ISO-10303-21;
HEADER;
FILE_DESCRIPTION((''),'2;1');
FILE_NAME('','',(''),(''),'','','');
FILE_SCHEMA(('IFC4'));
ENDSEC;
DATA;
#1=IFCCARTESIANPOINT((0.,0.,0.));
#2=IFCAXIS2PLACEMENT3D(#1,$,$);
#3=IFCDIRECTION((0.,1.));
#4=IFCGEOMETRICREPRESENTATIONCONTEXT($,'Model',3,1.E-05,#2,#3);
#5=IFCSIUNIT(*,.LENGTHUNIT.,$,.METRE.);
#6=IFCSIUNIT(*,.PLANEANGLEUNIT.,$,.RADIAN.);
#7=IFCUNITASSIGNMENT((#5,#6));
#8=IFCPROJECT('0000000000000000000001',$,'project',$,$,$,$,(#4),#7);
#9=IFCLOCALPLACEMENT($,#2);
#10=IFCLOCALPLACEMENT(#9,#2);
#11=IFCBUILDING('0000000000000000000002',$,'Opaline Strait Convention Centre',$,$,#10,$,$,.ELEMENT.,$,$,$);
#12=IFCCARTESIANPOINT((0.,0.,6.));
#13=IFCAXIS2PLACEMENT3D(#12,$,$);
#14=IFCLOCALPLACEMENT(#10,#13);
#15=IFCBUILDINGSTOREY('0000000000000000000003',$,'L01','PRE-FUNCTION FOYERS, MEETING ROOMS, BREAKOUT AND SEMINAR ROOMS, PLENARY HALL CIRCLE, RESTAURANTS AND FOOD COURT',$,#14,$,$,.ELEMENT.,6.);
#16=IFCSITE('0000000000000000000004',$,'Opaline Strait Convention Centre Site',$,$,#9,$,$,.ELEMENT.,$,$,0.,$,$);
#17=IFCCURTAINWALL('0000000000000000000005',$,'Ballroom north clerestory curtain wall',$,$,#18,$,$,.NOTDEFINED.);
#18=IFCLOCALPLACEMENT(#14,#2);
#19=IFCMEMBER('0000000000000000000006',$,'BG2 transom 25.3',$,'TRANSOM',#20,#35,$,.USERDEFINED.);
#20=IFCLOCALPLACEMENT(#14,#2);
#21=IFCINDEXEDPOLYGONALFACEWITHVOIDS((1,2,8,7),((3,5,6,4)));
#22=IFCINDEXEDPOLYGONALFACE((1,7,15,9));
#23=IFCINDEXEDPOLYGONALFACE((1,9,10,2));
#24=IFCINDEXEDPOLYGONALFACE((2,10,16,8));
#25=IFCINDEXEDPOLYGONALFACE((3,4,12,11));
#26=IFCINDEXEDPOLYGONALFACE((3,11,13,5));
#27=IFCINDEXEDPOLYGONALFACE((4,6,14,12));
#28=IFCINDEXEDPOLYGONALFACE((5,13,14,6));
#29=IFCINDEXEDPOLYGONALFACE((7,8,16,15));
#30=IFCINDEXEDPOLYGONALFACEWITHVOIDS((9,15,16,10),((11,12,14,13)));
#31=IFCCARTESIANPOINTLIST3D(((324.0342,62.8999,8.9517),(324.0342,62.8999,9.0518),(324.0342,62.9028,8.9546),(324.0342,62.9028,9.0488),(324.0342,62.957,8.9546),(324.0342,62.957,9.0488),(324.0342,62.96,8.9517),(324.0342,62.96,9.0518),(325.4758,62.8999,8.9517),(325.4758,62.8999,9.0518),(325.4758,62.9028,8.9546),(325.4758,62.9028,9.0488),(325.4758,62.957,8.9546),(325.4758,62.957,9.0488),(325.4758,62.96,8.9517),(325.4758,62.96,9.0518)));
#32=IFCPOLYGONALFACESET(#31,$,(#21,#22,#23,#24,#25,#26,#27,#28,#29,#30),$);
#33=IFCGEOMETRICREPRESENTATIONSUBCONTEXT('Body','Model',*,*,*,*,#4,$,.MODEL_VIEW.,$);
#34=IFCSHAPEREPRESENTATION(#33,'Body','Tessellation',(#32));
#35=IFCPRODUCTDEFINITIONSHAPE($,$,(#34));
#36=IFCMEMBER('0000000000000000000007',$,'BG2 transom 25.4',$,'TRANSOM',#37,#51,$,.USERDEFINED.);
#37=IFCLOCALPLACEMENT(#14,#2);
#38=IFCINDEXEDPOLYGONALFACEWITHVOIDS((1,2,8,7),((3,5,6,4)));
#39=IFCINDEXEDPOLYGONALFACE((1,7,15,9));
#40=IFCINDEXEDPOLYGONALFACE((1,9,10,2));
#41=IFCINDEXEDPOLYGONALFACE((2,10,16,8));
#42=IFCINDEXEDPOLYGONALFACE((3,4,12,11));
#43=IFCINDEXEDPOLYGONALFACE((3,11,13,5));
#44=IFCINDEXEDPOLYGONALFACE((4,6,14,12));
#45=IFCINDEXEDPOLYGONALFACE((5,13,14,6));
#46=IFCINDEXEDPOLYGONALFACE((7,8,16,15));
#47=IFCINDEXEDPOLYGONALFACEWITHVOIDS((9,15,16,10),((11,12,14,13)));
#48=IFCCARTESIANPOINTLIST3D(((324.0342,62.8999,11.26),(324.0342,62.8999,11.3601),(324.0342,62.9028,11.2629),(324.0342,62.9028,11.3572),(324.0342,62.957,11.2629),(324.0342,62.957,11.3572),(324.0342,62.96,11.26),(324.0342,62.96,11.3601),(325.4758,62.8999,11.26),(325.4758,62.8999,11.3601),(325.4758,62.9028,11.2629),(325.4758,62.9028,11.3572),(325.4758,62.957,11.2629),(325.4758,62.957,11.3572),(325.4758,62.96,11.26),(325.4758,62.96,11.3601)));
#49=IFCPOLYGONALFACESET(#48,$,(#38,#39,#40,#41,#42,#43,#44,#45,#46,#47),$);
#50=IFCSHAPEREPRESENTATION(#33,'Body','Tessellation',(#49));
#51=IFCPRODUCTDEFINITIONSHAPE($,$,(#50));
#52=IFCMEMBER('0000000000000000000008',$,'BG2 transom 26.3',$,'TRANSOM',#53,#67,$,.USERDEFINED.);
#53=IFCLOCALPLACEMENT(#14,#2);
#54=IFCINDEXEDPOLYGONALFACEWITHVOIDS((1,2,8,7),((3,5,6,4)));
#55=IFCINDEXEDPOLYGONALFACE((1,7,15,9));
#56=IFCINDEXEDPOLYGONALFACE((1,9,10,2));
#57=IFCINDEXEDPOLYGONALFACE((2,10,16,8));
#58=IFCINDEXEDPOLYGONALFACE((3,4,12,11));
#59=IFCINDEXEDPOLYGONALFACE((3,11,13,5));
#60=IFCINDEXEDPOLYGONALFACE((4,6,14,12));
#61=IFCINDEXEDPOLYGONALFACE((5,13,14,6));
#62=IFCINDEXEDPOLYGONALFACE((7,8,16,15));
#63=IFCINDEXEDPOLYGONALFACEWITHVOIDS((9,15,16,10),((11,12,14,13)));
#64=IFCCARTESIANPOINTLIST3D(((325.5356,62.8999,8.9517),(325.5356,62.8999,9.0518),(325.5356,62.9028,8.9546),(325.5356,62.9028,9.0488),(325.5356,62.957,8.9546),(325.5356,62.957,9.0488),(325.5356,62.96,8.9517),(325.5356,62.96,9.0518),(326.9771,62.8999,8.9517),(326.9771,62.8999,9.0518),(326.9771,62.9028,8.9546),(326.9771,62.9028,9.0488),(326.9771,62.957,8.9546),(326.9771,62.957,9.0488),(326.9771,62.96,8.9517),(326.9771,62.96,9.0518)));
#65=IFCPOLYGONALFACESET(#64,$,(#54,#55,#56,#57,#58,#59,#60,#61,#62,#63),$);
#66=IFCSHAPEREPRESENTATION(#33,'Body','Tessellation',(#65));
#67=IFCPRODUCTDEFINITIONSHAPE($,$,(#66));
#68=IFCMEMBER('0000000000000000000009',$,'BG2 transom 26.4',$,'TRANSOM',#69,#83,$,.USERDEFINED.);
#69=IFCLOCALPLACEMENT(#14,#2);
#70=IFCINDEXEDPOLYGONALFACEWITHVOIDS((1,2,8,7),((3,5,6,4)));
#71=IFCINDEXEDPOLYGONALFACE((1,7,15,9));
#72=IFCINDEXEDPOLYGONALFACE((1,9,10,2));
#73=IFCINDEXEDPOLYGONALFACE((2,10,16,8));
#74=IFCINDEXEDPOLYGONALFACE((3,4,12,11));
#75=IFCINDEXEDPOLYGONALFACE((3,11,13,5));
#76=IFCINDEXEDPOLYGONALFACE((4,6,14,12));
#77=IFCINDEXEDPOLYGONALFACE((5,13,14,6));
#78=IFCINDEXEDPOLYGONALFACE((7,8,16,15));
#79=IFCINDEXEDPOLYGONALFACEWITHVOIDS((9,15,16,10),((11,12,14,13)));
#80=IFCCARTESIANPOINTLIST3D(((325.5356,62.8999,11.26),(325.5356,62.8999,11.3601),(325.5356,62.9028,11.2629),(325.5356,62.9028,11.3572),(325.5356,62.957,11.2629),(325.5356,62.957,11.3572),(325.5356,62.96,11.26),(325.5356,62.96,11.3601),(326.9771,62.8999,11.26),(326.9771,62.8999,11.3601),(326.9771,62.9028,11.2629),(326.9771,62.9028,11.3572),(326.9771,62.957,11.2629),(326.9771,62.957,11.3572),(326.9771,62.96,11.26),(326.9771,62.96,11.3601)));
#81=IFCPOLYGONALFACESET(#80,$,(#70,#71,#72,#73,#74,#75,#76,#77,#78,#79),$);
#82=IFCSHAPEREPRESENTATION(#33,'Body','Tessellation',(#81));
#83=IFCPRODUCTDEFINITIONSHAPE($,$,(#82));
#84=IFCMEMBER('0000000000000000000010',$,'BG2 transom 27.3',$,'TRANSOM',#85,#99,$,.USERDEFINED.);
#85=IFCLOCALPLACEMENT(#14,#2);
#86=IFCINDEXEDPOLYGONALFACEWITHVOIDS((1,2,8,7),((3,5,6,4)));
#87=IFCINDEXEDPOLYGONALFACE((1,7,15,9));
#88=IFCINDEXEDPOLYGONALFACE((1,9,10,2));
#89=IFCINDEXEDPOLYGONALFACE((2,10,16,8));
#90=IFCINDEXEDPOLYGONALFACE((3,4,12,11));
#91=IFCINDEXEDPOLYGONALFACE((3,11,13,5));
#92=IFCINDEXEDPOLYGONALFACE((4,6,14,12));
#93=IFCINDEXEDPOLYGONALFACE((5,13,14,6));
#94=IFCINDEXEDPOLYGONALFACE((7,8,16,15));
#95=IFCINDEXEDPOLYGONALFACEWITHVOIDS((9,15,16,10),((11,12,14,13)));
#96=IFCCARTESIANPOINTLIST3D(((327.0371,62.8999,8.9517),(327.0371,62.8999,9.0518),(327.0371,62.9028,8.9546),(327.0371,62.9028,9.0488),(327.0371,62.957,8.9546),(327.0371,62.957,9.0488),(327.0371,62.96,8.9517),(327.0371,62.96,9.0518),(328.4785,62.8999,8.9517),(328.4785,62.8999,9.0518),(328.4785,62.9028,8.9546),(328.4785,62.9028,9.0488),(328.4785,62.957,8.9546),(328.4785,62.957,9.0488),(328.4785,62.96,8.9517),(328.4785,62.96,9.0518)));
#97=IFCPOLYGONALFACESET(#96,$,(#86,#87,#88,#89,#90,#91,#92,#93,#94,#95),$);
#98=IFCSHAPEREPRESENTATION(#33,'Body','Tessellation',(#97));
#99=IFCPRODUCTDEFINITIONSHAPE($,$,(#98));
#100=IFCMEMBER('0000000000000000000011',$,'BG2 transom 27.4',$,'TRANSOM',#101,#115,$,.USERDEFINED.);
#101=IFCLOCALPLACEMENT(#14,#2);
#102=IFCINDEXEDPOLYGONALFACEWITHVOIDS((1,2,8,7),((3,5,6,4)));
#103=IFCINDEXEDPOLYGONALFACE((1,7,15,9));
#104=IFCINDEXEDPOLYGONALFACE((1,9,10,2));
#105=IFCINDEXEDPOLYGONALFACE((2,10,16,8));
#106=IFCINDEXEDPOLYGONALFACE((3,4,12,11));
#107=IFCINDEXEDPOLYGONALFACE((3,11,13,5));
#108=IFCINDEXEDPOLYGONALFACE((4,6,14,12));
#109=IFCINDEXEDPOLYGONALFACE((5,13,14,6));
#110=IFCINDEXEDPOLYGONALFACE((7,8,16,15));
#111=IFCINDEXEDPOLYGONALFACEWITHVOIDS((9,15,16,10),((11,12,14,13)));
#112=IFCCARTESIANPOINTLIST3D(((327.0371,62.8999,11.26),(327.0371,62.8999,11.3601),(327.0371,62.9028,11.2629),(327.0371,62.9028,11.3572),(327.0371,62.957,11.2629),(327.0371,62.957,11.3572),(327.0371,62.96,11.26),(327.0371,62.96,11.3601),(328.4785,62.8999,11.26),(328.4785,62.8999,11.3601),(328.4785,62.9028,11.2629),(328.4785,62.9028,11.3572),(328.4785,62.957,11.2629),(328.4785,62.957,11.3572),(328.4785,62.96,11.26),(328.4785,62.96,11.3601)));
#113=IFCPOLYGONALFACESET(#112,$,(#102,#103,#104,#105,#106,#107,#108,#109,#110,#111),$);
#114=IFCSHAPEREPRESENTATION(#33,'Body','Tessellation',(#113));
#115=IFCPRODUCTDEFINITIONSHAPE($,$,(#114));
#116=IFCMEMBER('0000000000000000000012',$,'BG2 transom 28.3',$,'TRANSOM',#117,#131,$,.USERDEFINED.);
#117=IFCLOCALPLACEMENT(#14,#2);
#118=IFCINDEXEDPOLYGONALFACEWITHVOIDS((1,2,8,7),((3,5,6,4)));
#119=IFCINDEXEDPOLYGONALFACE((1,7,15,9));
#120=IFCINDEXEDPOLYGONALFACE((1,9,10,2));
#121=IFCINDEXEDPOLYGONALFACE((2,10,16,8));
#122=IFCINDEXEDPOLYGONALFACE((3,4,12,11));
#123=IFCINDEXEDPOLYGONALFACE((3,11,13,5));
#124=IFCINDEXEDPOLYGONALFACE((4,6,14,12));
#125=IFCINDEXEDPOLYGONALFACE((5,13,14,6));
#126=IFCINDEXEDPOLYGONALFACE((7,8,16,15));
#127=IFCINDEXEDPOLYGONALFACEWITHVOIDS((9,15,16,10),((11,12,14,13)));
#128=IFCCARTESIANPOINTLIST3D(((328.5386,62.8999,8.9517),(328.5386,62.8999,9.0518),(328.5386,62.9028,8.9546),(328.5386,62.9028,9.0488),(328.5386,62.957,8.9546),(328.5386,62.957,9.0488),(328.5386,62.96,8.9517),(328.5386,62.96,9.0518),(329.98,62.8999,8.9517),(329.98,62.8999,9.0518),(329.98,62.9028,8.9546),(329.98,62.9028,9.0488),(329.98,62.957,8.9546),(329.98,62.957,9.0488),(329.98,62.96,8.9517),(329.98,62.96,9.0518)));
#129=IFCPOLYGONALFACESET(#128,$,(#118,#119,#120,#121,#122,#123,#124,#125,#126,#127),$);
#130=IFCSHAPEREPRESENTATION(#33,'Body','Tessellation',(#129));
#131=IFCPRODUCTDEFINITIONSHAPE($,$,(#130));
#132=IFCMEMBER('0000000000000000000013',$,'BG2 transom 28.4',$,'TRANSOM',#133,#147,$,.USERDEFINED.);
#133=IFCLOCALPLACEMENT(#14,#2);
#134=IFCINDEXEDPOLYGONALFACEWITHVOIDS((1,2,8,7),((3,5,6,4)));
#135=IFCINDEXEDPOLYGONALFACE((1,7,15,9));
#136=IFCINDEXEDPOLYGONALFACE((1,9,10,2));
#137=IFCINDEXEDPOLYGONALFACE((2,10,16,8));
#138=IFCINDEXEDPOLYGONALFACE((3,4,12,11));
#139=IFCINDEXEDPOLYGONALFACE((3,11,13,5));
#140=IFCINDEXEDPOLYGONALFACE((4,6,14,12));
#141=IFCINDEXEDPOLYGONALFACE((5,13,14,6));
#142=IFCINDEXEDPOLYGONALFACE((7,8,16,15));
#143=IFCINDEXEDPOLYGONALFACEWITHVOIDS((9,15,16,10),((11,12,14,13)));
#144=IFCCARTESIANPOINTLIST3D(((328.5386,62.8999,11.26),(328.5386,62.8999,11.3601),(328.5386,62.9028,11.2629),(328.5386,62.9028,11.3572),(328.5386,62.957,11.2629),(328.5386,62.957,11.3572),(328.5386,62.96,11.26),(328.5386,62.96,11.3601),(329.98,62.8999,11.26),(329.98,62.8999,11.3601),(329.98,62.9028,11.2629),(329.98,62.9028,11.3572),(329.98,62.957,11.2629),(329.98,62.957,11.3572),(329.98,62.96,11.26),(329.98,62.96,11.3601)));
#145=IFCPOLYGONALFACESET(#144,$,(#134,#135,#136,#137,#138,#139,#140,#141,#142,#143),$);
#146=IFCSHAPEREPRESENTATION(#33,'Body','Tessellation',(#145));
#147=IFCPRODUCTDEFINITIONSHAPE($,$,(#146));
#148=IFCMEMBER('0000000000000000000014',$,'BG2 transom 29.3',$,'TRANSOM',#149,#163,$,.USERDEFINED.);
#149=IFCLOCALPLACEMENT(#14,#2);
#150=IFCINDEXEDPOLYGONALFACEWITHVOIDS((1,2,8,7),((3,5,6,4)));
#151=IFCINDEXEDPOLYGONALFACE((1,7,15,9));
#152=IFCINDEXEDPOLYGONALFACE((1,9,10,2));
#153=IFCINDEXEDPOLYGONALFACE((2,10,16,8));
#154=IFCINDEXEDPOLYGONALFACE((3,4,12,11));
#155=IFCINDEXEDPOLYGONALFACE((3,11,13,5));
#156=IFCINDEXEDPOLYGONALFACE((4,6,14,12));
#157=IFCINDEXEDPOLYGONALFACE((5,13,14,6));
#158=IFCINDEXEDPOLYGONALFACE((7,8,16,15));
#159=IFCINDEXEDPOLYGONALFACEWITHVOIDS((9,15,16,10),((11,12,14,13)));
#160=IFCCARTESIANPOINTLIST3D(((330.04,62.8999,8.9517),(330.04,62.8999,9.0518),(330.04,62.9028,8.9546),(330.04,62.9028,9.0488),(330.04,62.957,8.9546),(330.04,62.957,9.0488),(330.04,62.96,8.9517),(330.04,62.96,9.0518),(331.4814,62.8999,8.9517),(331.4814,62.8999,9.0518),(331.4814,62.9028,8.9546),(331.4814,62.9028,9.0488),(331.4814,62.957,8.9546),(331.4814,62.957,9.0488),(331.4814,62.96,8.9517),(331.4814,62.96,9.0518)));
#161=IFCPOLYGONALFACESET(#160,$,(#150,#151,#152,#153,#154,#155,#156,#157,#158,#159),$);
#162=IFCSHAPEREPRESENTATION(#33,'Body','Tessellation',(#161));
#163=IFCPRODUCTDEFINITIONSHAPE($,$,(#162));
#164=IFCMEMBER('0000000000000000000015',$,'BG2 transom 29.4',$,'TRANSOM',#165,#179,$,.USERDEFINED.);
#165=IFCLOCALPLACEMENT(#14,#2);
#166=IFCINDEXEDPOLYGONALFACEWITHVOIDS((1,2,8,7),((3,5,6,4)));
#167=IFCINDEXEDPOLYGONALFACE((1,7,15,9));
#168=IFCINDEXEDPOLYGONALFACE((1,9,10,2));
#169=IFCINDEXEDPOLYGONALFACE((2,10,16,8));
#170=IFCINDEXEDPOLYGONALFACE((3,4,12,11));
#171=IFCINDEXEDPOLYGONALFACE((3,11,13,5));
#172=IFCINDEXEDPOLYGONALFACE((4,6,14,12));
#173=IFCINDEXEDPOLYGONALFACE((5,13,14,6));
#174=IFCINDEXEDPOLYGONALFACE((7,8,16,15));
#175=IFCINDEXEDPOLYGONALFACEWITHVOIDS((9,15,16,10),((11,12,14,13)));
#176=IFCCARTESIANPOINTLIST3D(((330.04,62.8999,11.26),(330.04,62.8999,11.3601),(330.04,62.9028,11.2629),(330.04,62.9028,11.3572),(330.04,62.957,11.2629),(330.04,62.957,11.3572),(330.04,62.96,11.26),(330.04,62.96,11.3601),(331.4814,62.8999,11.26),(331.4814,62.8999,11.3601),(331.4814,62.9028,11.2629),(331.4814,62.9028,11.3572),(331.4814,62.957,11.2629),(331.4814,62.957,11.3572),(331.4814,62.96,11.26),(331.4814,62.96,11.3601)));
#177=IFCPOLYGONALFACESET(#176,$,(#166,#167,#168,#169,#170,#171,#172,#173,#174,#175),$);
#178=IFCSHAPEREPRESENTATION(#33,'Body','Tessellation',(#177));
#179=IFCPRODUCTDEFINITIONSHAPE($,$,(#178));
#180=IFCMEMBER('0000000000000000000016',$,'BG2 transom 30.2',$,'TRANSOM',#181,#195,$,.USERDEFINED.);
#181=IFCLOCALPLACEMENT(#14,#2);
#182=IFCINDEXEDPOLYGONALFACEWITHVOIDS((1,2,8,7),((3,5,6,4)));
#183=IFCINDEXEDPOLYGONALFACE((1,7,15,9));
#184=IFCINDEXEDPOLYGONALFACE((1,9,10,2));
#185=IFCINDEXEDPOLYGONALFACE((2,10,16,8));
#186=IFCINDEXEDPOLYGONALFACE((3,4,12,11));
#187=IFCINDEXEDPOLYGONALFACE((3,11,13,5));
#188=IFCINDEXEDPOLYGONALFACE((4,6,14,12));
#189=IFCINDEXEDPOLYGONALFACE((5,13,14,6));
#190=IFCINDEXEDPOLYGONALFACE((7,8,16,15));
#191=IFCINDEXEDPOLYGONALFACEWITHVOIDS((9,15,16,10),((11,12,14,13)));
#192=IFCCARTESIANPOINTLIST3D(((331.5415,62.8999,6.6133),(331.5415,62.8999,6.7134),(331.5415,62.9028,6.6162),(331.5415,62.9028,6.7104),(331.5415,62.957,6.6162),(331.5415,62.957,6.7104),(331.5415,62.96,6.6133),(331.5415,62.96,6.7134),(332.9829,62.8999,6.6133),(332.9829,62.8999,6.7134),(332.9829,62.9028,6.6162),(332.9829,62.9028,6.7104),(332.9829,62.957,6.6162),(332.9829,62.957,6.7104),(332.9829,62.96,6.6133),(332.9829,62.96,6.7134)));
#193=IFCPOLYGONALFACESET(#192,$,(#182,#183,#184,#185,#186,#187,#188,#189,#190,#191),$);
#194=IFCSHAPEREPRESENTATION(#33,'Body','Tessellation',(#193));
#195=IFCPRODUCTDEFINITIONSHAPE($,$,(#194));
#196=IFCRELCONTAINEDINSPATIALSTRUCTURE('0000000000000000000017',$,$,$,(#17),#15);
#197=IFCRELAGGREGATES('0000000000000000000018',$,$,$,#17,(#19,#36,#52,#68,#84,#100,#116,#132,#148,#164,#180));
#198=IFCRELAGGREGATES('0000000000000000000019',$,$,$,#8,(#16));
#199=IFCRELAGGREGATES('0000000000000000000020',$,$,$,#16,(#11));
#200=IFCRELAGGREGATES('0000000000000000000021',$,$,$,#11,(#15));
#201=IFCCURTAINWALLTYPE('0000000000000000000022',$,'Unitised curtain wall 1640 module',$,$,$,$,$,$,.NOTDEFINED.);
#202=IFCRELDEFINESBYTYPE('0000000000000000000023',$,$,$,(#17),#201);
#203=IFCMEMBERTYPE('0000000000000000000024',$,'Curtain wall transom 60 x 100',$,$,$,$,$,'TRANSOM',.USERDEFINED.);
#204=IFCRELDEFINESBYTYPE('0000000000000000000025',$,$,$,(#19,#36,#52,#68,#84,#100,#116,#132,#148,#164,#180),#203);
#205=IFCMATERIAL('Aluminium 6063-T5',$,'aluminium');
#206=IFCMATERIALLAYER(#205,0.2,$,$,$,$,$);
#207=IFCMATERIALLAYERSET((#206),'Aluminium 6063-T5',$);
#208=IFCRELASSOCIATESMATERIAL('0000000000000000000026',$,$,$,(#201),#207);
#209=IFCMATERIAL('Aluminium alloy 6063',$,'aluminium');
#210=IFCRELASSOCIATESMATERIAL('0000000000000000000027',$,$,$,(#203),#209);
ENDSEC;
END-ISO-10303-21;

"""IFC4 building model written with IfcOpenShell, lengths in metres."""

from ifc_helpers import new_model, si_unit, direction, frame, origin, origin_2d, place, context, subcontext, project, spatial, hollow_rectangle, extrude, material, layer, layer_set, material_profile, profile_set, type_object, element, aggregate, save


model = new_model("IFC4")

# Units and contexts
model_context = context("Model", 3, precision=1e-05, world=origin(), true_north=direction((0.0, 1.0)))
body_context = subcontext(model_context, "Body", "Model", "MODEL_VIEW")
ifc_project = project(units=[si_unit("LENGTHUNIT", "METRE"), si_unit("PLANEANGLEUNIT", "RADIAN")], contexts=[model_context])

# Site, building, storey
site_placement = place(None, origin())
site = spatial("IfcSite", under=ifc_project, at=site_placement, Name="Opaline Strait Convention Centre Site", CompositionType="ELEMENT", RefElevation=0.0)
building_placement = place(site_placement, origin())
building = spatial("IfcBuilding", under=site, at=building_placement, Name="Opaline Strait Convention Centre", CompositionType="ELEMENT")
storey_placement = place(building_placement, frame((0.0, 0.0, 6.0)))
storey = spatial("IfcBuildingStorey", under=building, at=storey_placement, Name="L01", Description="PRE-FUNCTION FOYERS, MEETING ROOMS, BREAKOUT AND SEMINAR ROOMS, PLENARY HALL CIRCLE, RESTAURANTS AND FOOD COURT", CompositionType="ELEMENT", Elevation=6.0)

# Curtain wall, members
ifc_material_1 = material(Name="Aluminium 6063-T5", Category="aluminium")
ifc_layer_1 = layer(ifc_material_1, 0.2)
ifc_layer_set_1 = layer_set([ifc_layer_1], Name="Aluminium 6063-T5")
curtain_wall_type = type_object("IfcCurtainWallType", Name="Unitised curtain wall 1640 module", PredefinedType="NOTDEFINED", material=ifc_layer_set_1)
curtain_wall_placement = place(storey_placement, origin())
curtain_wall = element("IfcCurtainWall", 1, at=curtain_wall_placement, inside=storey, type_object=curtain_wall_type, Name="Ballroom north clerestory curtain wall", PredefinedType="NOTDEFINED")
ifc_material_2 = material(Name="Aluminium alloy 6063", Category="aluminium")
ifc_material_profile = material_profile(ifc_material_2, hollow_rectangle(XDim=0.0601, YDim=0.1001, WallThickness=0.0029, at=origin_2d()), Name="TRANSOM 60x100x3")
ifc_profile_set = profile_set([ifc_material_profile], Name="Aluminium alloy 6063")
member_type = type_object("IfcMemberType", Name="Curtain wall transom 60 x 100", ElementType="TRANSOM", PredefinedType="USERDEFINED", material=ifc_profile_set)
member_1_placement = place(storey_placement, frame((324.0342, 62.9299, 9.0017), z_axis=(1.0, 0.0, 0.0), x_axis=(0.0, 1.0, 0.0)))
member_1 = element("IfcMember", 2, at=member_1_placement, type_object=member_type, Name="BG2 transom 25.3", ObjectType="TRANSOM", PredefinedType="USERDEFINED", context=body_context, shape_type="SweptSolid", body=[
    extrude(hollow_rectangle(XDim=0.0601, YDim=0.1001, WallThickness=0.0029, at=origin_2d()), origin(), (0.0, 0.0, 1.0), 1.4417),
])
member_2_placement = place(storey_placement, frame((324.0342, 62.9299, 11.3101), z_axis=(1.0, 0.0, 0.0), x_axis=(0.0, 1.0, 0.0)))
member_2 = element("IfcMember", 3, at=member_2_placement, type_object=member_type, Name="BG2 transom 25.4", ObjectType="TRANSOM", PredefinedType="USERDEFINED", context=body_context, shape_type="SweptSolid", body=[
    extrude(hollow_rectangle(XDim=0.0601, YDim=0.1001, WallThickness=0.0029, at=origin_2d()), origin(), (0.0, 0.0, 1.0), 1.4417),
])
member_3_placement = place(storey_placement, frame((325.5356, 62.9299, 9.0017), z_axis=(1.0, 0.0, 0.0), x_axis=(0.0, 1.0, 0.0)))
member_3 = element("IfcMember", 4, at=member_3_placement, type_object=member_type, Name="BG2 transom 26.3", ObjectType="TRANSOM", PredefinedType="USERDEFINED", context=body_context, shape_type="SweptSolid", body=[
    extrude(hollow_rectangle(XDim=0.0601, YDim=0.1001, WallThickness=0.0029, at=origin_2d()), origin(), (0.0, 0.0, 1.0), 1.4414),
])
member_4_placement = place(storey_placement, frame((325.5356, 62.9299, 11.3101), z_axis=(1.0, 0.0, 0.0), x_axis=(0.0, 1.0, 0.0)))
member_4 = element("IfcMember", 5, at=member_4_placement, type_object=member_type, Name="BG2 transom 26.4", ObjectType="TRANSOM", PredefinedType="USERDEFINED", context=body_context, shape_type="SweptSolid", body=[
    extrude(hollow_rectangle(XDim=0.0601, YDim=0.1001, WallThickness=0.0029, at=origin_2d()), origin(), (0.0, 0.0, 1.0), 1.4414),
])
member_5_placement = place(storey_placement, frame((327.0371, 62.9299, 9.0017), z_axis=(1.0, 0.0, 0.0), x_axis=(0.0, 1.0, 0.0)))
member_5 = element("IfcMember", 6, at=member_5_placement, type_object=member_type, Name="BG2 transom 27.3", ObjectType="TRANSOM", PredefinedType="USERDEFINED", context=body_context, shape_type="SweptSolid", body=[
    extrude(hollow_rectangle(XDim=0.0601, YDim=0.1001, WallThickness=0.0029, at=origin_2d()), origin(), (0.0, 0.0, 1.0), 1.4414),
])
member_6_placement = place(storey_placement, frame((327.0371, 62.9299, 11.3101), z_axis=(1.0, 0.0, 0.0), x_axis=(0.0, 1.0, 0.0)))
member_6 = element("IfcMember", 7, at=member_6_placement, type_object=member_type, Name="BG2 transom 27.4", ObjectType="TRANSOM", PredefinedType="USERDEFINED", context=body_context, shape_type="SweptSolid", body=[
    extrude(hollow_rectangle(XDim=0.0601, YDim=0.1001, WallThickness=0.0029, at=origin_2d()), origin(), (0.0, 0.0, 1.0), 1.4414),
])
member_7_placement = place(storey_placement, frame((328.5386, 62.9299, 9.0017), z_axis=(1.0, 0.0, 0.0), x_axis=(0.0, 1.0, 0.0)))
member_7 = element("IfcMember", 8, at=member_7_placement, type_object=member_type, Name="BG2 transom 28.3", ObjectType="TRANSOM", PredefinedType="USERDEFINED", context=body_context, shape_type="SweptSolid", body=[
    extrude(hollow_rectangle(XDim=0.0601, YDim=0.1001, WallThickness=0.0029, at=origin_2d()), origin(), (0.0, 0.0, 1.0), 1.4414),
])
member_8_placement = place(storey_placement, frame((328.5386, 62.9299, 11.3101), z_axis=(1.0, 0.0, 0.0), x_axis=(0.0, 1.0, 0.0)))
member_8 = element("IfcMember", 9, at=member_8_placement, type_object=member_type, Name="BG2 transom 28.4", ObjectType="TRANSOM", PredefinedType="USERDEFINED", context=body_context, shape_type="SweptSolid", body=[
    extrude(hollow_rectangle(XDim=0.0601, YDim=0.1001, WallThickness=0.0029, at=origin_2d()), origin(), (0.0, 0.0, 1.0), 1.4414),
])
member_9_placement = place(storey_placement, frame((330.04, 62.9299, 9.0017), z_axis=(1.0, 0.0, 0.0), x_axis=(0.0, 1.0, 0.0)))
member_9 = element("IfcMember", 10, at=member_9_placement, type_object=member_type, Name="BG2 transom 29.3", ObjectType="TRANSOM", PredefinedType="USERDEFINED", context=body_context, shape_type="SweptSolid", body=[
    extrude(hollow_rectangle(XDim=0.0601, YDim=0.1001, WallThickness=0.0029, at=origin_2d()), origin(), (0.0, 0.0, 1.0), 1.4414),
])
member_10_placement = place(storey_placement, frame((330.04, 62.9299, 11.3101), z_axis=(1.0, 0.0, 0.0), x_axis=(0.0, 1.0, 0.0)))
member_10 = element("IfcMember", 11, at=member_10_placement, type_object=member_type, Name="BG2 transom 29.4", ObjectType="TRANSOM", PredefinedType="USERDEFINED", context=body_context, shape_type="SweptSolid", body=[
    extrude(hollow_rectangle(XDim=0.0601, YDim=0.1001, WallThickness=0.0029, at=origin_2d()), origin(), (0.0, 0.0, 1.0), 1.4414),
])
member_11_placement = place(storey_placement, frame((331.5415, 62.9299, 6.6633), z_axis=(1.0, 0.0, 0.0), x_axis=(0.0, 1.0, 0.0)))
member_11 = element("IfcMember", 12, at=member_11_placement, type_object=member_type, Name="BG2 transom 30.2", ObjectType="TRANSOM", PredefinedType="USERDEFINED", context=body_context, shape_type="SweptSolid", body=[
    extrude(hollow_rectangle(XDim=0.0601, YDim=0.1001, WallThickness=0.0029, at=origin_2d()), origin(), (0.0, 0.0, 1.0), 1.4414),
])
aggregate(curtain_wall, [member_1, member_2, member_3, member_4, member_5, member_6, member_7, member_8, member_9, member_10, member_11])

save(model, "model.ifc")
